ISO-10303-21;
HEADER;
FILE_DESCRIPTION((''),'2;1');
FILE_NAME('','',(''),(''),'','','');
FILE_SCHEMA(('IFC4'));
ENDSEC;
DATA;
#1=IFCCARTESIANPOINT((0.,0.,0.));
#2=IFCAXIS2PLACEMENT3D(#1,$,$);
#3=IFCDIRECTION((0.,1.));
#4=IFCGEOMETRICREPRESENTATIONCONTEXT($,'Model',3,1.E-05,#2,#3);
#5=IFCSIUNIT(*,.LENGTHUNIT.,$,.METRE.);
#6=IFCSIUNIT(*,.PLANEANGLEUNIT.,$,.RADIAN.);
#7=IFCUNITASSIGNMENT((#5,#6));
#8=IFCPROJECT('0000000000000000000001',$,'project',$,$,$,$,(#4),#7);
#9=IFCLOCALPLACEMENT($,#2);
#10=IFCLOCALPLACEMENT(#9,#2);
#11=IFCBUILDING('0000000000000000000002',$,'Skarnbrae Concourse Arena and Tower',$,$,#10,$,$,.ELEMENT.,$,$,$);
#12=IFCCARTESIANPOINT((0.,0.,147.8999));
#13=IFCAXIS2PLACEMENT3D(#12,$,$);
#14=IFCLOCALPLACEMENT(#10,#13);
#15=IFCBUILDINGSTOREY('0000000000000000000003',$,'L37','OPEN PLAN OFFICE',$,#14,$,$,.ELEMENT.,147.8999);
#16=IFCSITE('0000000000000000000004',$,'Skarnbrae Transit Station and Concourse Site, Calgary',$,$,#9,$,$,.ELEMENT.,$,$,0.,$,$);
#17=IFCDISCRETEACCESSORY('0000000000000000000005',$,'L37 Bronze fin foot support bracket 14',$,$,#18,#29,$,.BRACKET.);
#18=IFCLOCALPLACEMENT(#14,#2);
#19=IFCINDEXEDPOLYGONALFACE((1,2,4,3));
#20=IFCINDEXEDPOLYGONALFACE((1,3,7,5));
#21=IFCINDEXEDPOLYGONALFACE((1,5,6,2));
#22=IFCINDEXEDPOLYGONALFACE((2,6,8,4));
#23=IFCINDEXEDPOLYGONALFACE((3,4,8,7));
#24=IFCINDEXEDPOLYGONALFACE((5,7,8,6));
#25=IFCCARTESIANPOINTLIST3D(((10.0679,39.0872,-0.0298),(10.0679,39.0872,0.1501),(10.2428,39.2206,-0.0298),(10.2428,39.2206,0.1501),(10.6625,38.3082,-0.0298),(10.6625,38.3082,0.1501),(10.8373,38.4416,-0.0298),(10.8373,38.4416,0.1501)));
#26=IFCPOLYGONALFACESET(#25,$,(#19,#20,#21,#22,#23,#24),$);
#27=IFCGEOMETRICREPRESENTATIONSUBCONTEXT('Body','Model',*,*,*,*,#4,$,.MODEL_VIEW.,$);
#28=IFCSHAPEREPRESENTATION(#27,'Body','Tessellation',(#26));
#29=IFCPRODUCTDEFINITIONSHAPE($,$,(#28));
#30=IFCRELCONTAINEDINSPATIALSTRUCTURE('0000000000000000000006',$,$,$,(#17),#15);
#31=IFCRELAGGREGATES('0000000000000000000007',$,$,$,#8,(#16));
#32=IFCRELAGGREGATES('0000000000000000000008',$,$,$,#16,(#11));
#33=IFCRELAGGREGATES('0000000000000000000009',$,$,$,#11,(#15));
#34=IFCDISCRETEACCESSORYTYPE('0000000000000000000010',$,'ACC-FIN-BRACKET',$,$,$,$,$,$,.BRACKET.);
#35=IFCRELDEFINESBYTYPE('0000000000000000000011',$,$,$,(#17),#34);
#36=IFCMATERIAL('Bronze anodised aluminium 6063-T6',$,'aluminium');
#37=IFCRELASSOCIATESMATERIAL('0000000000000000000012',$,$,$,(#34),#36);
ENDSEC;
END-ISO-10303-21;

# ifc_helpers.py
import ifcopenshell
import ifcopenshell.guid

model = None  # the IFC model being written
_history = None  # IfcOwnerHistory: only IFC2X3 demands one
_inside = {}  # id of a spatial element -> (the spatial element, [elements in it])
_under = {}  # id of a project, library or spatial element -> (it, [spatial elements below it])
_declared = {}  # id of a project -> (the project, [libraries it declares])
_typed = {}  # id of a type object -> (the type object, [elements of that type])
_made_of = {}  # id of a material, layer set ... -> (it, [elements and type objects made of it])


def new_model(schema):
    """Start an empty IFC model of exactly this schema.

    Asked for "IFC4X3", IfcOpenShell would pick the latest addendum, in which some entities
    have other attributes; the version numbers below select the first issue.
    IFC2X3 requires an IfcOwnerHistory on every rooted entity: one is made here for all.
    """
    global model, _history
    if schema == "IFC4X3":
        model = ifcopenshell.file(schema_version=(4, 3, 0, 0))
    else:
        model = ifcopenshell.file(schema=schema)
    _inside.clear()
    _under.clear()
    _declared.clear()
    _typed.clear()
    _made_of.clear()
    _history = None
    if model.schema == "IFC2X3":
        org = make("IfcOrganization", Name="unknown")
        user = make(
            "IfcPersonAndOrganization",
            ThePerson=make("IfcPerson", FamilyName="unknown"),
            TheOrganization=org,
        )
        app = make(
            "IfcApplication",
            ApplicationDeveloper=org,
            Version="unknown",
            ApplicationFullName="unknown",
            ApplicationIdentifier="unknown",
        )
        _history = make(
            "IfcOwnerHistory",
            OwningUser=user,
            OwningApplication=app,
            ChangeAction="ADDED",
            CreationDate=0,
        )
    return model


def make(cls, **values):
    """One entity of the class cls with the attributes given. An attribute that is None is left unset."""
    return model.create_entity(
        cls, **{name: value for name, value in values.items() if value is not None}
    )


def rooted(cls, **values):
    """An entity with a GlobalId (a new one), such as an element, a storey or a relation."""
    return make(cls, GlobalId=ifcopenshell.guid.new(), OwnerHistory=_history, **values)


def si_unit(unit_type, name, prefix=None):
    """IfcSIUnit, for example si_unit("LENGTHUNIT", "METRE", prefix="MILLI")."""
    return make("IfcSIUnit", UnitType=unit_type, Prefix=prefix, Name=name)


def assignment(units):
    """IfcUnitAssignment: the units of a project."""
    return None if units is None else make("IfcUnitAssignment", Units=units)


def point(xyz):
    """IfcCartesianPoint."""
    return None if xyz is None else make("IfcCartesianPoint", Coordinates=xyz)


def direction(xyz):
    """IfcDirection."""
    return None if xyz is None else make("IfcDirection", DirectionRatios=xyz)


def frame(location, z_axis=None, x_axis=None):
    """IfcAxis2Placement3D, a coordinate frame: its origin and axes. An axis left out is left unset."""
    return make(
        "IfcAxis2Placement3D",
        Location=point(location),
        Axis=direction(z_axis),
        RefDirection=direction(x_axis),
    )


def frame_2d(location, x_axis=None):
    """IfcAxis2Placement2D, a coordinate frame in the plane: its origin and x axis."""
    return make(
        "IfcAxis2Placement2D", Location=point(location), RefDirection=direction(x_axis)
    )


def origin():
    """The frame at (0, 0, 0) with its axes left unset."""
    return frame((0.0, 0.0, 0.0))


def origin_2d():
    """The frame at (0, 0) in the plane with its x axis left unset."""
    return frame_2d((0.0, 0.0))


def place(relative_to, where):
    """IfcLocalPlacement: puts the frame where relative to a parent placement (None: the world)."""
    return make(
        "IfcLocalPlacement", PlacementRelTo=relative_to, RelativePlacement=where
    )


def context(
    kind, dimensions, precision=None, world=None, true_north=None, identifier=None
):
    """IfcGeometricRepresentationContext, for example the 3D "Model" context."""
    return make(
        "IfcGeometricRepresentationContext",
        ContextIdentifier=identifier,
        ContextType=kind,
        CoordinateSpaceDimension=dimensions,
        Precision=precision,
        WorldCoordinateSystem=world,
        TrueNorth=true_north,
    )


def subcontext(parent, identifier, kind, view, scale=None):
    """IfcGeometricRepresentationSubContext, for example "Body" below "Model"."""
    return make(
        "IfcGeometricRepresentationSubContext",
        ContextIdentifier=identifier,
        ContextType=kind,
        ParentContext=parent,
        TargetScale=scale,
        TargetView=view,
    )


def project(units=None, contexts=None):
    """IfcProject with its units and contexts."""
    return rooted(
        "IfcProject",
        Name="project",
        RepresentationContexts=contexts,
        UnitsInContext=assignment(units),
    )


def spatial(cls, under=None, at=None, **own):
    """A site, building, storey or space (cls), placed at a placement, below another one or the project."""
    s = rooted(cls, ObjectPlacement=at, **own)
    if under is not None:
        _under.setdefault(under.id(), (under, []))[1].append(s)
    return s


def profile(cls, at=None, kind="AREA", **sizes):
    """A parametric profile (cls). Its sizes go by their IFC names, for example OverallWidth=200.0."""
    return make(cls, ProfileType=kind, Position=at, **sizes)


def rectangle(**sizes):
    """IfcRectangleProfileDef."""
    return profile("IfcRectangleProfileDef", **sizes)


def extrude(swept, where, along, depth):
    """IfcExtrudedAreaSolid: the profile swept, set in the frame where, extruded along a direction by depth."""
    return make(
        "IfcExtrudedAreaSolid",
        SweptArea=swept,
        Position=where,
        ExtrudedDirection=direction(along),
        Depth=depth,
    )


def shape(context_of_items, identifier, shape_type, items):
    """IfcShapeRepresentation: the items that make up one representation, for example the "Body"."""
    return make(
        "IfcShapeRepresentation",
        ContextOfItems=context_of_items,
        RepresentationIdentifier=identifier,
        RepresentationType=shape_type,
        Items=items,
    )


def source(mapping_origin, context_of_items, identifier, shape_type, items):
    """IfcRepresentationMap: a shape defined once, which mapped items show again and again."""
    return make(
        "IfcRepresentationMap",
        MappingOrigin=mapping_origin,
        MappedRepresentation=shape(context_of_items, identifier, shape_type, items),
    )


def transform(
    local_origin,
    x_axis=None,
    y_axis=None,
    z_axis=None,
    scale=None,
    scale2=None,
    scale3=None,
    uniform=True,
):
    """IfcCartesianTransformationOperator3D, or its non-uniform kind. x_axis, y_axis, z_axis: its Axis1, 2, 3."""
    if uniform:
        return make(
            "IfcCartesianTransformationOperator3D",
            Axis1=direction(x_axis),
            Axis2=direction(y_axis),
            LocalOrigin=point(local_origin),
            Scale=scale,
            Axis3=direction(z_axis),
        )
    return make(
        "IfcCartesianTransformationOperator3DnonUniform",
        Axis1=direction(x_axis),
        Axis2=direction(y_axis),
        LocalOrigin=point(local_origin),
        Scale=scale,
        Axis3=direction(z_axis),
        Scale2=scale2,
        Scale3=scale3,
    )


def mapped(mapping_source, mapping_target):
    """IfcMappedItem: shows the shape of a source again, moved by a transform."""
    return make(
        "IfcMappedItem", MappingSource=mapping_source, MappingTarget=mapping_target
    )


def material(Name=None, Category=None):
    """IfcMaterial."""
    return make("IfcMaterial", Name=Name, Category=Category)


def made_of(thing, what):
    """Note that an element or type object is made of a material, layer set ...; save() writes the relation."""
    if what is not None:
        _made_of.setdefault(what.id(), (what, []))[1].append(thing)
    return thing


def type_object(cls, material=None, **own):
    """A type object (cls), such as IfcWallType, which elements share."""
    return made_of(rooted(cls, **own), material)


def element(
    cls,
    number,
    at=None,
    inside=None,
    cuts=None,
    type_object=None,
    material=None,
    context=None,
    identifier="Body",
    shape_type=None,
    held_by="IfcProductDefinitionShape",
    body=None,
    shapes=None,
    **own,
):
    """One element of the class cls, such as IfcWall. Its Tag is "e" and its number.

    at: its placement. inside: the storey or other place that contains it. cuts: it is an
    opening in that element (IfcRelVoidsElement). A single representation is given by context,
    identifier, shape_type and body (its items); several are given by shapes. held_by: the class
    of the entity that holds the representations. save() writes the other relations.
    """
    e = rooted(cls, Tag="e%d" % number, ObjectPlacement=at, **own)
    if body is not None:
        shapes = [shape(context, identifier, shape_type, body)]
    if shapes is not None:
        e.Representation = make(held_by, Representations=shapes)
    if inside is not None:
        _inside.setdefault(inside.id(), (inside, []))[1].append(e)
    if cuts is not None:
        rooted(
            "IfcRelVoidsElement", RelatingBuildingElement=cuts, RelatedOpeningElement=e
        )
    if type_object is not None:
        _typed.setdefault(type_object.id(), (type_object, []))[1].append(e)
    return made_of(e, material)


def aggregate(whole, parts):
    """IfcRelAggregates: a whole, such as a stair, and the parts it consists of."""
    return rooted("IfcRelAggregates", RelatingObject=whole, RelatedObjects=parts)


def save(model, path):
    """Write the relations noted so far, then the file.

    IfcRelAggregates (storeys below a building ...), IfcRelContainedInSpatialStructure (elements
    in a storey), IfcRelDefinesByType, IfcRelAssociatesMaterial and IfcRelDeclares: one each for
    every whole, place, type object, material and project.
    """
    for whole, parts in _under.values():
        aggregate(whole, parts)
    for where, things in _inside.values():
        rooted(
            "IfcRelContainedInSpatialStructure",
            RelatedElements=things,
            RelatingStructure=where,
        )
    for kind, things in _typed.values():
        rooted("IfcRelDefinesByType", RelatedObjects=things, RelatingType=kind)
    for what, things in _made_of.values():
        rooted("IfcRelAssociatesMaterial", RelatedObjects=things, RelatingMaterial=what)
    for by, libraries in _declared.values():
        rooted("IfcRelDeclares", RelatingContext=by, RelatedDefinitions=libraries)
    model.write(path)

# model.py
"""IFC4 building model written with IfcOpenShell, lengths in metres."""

from ifc_helpers import new_model, si_unit, direction, frame, origin, origin_2d, place, context, subcontext, project, spatial, rectangle, extrude, source, transform, mapped, material, type_object, element, save


model = new_model("IFC4")

# Units and contexts
model_context = context("Model", 3, precision=1e-05, world=origin(), true_north=direction((0.0, 1.0)))
body_context = subcontext(model_context, "Body", "Model", "MODEL_VIEW")
ifc_project = project(units=[si_unit("LENGTHUNIT", "METRE"), si_unit("PLANEANGLEUNIT", "RADIAN")], contexts=[model_context])

# Site, building, storey
site_placement = place(None, origin())
site = spatial("IfcSite", under=ifc_project, at=site_placement, Name="Skarnbrae Transit Station and Concourse Site, Calgary", CompositionType="ELEMENT", RefElevation=0.0)
building_placement = place(site_placement, origin())
building = spatial("IfcBuilding", under=site, at=building_placement, Name="Skarnbrae Concourse Arena and Tower", CompositionType="ELEMENT")
storey_placement = place(building_placement, frame((0.0, 0.0, 147.8999)))
storey = spatial("IfcBuildingStorey", under=building, at=storey_placement, Name="L37", Description="OPEN PLAN OFFICE", CompositionType="ELEMENT", Elevation=147.8999)

# Shared definitions
ifc_material_1 = material(Name="Bronze anodised aluminium 6063-T6", Category="aluminium")

# Discrete accessory
discrete_accessory_type = type_object("IfcDiscreteAccessoryType", Name="ACC-FIN-BRACKET", PredefinedType="BRACKET", material=ifc_material_1)
shared_shape_1 = source(origin(), body_context, "Body", "SweptSolid", [
    extrude(rectangle(XDim=0.22, YDim=0.98, at=origin_2d()), origin(), (0.0, 0.0, 1.0), 0.1799),
])
discrete_accessory_placement = place(storey_placement, frame((10.4526, 38.7644, -0.0298), z_axis=(0.0, 0.0, 1.0), x_axis=(0.794955, 0.606668, 0.0)))
element("IfcDiscreteAccessory", 1, at=discrete_accessory_placement, inside=storey, type_object=discrete_accessory_type, Name="L37 Bronze fin foot support bracket 14", PredefinedType="BRACKET", context=body_context, shape_type="MappedRepresentation", body=[
    mapped(shared_shape_1, transform((0.0, 0.0, 0.0))),
])

save(model, "model.ifc")
